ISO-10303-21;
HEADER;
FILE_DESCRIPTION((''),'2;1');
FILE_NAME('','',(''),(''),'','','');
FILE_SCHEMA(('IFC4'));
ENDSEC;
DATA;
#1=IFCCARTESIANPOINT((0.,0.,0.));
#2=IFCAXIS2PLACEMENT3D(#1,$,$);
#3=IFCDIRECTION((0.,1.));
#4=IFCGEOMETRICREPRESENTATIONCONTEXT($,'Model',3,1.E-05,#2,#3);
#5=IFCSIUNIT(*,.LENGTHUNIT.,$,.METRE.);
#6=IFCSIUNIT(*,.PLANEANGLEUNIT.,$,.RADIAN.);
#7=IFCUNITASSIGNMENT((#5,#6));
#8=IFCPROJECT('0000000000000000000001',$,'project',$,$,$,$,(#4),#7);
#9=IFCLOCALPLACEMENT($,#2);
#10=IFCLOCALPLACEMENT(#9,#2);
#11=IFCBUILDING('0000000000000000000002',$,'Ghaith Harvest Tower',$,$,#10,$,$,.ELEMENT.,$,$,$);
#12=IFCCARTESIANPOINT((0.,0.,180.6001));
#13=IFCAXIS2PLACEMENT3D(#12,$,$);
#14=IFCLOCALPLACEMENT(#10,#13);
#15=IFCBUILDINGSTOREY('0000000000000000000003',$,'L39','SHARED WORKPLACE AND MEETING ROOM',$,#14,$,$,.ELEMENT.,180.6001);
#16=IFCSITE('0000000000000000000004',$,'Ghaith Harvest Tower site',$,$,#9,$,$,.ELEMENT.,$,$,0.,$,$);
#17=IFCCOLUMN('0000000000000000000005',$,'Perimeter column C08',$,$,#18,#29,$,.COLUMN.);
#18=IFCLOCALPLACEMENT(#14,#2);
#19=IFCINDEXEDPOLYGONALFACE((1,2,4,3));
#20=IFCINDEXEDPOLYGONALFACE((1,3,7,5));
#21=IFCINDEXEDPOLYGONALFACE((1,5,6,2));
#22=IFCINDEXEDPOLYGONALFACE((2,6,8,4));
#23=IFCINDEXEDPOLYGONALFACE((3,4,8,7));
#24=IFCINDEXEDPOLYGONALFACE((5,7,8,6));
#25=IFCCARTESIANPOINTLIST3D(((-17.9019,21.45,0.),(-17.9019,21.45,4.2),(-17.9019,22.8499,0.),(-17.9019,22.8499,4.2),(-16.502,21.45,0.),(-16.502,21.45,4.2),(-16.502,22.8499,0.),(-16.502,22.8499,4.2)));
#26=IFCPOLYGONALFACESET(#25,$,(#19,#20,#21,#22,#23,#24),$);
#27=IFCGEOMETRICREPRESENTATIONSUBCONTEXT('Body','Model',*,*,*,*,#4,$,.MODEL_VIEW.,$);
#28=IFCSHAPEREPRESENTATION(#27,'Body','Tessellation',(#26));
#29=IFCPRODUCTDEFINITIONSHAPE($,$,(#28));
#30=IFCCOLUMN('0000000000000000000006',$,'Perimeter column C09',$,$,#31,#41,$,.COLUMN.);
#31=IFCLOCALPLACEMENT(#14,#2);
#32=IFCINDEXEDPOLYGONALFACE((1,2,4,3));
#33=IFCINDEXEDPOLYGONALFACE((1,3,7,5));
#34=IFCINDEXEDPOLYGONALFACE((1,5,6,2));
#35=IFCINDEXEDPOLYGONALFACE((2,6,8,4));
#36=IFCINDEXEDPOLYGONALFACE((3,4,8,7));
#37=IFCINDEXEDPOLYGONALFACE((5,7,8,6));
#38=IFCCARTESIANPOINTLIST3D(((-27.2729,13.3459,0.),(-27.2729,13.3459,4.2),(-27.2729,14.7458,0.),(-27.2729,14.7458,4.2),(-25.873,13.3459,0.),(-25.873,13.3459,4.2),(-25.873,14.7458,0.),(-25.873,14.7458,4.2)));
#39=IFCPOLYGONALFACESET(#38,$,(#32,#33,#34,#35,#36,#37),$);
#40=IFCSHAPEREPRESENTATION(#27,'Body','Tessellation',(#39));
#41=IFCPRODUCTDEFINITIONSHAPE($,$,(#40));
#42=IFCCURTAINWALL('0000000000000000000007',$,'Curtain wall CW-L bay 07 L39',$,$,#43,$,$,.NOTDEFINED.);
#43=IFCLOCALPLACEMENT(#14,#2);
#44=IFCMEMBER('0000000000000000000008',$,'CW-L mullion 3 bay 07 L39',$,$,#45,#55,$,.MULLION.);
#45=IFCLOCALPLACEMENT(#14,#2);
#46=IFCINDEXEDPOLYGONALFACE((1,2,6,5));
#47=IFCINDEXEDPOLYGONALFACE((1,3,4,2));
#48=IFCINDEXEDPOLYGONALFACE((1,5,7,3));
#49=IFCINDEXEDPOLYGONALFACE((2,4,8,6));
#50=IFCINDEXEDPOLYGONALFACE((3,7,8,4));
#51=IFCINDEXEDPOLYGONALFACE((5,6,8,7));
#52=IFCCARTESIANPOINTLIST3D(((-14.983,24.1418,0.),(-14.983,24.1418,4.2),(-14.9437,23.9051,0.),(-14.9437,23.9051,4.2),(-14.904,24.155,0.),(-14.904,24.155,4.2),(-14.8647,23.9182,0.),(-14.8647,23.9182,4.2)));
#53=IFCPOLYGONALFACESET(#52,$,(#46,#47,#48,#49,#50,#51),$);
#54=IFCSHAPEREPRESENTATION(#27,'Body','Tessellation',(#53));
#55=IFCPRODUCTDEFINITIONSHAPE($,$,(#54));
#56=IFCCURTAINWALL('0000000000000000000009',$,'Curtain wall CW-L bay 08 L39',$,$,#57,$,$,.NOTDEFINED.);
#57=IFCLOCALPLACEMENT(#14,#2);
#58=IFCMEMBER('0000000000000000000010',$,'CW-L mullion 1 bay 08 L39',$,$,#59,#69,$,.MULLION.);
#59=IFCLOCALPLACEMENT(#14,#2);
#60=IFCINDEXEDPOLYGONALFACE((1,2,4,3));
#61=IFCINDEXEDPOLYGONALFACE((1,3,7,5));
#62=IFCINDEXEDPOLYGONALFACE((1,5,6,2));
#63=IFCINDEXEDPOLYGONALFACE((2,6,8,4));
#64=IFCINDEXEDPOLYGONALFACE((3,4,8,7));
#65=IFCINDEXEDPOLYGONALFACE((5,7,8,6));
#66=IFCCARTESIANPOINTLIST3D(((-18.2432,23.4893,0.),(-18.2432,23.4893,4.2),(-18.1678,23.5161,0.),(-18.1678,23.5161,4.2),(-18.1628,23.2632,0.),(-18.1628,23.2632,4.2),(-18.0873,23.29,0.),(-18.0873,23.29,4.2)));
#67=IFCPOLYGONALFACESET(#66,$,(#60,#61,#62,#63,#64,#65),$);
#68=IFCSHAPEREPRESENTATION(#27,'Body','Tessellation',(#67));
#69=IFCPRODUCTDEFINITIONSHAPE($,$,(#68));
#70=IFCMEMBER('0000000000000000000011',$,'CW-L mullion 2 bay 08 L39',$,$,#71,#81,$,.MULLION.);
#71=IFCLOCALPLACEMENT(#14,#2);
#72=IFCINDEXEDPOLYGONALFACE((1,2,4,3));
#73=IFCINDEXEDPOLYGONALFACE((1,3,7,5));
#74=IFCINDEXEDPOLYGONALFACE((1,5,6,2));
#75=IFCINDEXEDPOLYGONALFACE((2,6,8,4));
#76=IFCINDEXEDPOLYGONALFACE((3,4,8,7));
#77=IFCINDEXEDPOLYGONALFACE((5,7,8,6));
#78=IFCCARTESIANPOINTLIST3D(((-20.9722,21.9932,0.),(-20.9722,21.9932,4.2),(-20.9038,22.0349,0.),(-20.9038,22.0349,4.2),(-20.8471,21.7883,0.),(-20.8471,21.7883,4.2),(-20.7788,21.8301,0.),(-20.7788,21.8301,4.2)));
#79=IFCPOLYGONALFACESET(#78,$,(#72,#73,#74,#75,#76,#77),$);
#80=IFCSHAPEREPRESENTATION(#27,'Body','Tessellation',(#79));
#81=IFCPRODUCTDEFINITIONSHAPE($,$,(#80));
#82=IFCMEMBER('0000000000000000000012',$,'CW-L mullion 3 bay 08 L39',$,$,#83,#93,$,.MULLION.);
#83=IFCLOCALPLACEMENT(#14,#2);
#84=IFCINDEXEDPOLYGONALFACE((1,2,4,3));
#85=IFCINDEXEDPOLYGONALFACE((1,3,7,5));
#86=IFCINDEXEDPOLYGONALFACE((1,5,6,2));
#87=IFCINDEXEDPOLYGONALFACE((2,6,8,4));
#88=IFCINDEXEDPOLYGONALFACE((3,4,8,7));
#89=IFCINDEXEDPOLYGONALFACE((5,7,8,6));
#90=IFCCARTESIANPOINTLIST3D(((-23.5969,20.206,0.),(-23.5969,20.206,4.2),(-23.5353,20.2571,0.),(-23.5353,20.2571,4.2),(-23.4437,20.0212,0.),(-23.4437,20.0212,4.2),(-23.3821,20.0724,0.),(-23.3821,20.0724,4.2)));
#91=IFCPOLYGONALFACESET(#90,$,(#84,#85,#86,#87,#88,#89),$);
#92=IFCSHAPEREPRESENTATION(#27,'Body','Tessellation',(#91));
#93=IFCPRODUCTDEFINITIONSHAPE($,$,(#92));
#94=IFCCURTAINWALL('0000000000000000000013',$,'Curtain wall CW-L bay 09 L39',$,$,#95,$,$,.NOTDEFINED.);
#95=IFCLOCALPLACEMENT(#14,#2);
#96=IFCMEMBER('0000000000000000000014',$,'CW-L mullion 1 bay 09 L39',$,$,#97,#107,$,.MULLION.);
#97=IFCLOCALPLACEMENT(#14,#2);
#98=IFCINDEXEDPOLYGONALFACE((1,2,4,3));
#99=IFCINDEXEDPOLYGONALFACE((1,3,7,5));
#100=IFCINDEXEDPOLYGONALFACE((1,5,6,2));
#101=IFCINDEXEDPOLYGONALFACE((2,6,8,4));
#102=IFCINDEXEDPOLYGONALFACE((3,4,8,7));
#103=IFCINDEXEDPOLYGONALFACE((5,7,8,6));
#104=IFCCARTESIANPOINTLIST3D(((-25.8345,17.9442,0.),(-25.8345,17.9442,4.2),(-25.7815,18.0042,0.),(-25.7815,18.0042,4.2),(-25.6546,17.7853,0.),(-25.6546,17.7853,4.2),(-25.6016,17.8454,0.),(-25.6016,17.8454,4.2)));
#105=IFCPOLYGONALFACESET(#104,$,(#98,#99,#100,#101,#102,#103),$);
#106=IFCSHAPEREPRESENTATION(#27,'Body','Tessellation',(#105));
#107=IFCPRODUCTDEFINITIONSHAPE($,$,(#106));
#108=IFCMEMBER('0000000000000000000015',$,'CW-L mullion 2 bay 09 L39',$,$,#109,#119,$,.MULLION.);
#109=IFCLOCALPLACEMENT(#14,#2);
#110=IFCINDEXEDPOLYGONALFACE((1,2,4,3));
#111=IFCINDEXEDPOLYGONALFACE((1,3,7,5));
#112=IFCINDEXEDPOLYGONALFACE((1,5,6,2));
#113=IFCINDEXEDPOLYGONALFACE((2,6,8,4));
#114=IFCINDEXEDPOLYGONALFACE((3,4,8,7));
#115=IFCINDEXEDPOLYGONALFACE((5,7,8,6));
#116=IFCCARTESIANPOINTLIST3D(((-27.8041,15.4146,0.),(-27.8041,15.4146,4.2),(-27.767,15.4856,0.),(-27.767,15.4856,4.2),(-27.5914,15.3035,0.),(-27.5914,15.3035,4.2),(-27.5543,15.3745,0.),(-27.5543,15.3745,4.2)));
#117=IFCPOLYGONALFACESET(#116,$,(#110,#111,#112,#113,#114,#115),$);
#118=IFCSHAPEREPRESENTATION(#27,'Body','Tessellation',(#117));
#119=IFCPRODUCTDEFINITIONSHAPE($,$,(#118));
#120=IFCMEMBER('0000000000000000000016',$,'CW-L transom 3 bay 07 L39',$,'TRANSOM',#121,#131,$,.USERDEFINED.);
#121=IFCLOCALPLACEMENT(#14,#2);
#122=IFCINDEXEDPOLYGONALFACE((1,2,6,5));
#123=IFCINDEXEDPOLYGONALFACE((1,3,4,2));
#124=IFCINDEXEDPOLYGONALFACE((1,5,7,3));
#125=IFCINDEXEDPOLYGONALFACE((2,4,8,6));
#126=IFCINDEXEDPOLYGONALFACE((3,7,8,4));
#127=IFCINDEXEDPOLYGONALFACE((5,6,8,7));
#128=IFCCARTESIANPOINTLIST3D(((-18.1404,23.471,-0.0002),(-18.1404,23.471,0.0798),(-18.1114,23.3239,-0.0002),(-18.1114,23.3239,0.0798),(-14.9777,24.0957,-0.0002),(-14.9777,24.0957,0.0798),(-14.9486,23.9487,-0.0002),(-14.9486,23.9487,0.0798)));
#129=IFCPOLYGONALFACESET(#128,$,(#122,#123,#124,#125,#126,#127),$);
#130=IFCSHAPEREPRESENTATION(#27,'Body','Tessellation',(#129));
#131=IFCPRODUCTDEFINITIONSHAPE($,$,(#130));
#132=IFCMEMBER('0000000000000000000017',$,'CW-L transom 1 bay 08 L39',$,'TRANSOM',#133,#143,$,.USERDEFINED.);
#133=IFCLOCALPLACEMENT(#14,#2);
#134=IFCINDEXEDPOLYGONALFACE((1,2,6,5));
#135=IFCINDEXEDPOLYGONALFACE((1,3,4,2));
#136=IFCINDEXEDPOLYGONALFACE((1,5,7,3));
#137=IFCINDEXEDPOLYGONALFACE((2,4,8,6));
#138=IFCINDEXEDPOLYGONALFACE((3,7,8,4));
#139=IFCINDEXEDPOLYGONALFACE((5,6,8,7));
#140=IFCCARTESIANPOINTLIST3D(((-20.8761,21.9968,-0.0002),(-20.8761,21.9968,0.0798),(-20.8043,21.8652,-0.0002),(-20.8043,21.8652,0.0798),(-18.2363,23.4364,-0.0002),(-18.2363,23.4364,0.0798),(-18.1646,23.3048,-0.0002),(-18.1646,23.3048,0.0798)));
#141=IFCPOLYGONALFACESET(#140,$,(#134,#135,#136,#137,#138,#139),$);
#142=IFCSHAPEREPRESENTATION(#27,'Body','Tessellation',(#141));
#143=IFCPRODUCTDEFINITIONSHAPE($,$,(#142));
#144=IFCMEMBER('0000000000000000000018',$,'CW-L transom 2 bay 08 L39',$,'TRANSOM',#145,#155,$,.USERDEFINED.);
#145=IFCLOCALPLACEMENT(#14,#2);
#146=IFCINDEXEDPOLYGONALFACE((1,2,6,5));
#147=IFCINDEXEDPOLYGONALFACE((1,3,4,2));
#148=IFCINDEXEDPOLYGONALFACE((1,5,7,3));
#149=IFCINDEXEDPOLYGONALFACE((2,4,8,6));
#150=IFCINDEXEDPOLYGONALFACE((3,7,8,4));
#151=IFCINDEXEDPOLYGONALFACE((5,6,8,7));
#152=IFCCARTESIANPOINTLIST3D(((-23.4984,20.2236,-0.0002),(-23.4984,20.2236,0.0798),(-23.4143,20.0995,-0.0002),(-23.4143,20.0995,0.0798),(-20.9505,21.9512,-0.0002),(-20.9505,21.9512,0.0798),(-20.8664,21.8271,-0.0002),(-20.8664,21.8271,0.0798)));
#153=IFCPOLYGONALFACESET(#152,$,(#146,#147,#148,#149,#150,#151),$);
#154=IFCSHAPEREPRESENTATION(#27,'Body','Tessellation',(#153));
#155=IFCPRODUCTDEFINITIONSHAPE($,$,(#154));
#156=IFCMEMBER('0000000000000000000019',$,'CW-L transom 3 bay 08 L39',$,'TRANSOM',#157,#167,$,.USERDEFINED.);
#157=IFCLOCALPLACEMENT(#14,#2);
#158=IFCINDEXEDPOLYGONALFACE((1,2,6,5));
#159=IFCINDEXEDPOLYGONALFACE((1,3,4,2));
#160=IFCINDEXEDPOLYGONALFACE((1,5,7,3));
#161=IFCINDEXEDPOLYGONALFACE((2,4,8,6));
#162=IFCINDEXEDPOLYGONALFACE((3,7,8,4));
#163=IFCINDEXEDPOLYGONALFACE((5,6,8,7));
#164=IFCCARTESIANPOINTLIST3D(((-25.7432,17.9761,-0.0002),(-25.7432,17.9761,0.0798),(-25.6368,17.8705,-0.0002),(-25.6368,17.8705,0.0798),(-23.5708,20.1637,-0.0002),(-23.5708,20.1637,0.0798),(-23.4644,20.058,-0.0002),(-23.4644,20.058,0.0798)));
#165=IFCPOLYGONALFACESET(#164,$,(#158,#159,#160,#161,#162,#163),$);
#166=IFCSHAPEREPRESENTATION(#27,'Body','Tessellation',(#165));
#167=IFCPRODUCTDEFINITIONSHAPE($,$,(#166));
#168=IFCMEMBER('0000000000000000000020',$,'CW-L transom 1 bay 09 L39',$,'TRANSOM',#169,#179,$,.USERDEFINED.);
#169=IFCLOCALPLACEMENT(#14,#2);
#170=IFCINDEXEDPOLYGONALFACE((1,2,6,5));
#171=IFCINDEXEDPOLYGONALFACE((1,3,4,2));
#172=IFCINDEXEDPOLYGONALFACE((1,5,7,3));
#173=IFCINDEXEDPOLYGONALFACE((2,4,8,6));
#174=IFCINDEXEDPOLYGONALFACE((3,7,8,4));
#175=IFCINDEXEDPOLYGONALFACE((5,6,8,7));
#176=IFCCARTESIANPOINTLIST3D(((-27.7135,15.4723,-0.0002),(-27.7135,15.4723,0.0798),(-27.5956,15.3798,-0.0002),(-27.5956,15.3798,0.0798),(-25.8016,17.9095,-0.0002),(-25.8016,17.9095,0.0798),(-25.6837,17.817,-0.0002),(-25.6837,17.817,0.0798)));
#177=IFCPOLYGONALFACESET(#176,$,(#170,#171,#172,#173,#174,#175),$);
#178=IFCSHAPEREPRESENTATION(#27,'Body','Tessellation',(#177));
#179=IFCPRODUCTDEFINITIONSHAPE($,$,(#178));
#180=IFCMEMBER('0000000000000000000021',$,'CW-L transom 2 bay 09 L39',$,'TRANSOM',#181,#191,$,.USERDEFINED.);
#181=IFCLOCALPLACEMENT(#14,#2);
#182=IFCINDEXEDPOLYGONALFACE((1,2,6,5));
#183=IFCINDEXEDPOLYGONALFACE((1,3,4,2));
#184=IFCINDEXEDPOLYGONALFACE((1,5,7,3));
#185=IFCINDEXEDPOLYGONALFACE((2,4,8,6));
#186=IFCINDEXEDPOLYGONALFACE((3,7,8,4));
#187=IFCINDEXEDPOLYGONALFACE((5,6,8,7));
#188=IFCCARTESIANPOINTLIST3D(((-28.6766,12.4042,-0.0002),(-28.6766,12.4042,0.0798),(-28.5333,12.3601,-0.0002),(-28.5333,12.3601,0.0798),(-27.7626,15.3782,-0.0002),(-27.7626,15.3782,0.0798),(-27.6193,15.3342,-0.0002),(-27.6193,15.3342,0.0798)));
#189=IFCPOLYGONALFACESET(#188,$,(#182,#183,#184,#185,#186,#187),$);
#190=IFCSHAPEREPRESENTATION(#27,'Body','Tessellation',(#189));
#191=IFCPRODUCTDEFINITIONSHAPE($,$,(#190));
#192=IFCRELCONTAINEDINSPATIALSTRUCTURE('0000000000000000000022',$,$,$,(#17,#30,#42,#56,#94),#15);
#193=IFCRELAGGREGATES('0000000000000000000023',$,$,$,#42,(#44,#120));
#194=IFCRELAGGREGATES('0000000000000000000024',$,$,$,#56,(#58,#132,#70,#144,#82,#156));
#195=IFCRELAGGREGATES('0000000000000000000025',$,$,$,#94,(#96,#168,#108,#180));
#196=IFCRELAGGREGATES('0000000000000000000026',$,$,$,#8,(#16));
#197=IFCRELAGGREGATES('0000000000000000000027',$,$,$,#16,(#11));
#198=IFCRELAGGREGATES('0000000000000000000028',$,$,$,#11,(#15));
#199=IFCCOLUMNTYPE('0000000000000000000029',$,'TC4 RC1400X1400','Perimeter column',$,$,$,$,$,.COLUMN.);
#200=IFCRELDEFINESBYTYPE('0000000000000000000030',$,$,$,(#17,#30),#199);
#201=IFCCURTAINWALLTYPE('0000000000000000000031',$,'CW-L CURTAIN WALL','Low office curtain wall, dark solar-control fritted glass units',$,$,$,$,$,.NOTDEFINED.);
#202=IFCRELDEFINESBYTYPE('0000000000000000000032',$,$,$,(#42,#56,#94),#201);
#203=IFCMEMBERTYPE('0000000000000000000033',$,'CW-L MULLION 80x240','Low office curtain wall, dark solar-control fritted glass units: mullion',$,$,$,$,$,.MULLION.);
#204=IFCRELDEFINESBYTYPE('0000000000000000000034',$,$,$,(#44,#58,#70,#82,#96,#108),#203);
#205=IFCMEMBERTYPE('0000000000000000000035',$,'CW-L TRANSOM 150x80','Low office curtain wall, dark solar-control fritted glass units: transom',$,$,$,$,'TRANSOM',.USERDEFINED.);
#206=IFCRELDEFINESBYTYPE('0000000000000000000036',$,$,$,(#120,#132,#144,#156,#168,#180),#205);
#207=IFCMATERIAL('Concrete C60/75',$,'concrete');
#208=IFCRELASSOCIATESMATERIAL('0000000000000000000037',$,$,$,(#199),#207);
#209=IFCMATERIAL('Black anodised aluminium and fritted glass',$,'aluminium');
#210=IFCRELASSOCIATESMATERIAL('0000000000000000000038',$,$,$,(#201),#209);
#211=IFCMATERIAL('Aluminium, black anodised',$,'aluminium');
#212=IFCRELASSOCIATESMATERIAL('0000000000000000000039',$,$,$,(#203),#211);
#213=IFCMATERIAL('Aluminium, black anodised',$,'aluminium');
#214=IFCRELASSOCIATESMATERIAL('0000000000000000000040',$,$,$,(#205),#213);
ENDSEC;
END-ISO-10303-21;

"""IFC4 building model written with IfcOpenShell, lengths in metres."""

from ifc_helpers import new_model, si_unit, direction, frame, origin, origin_2d, place, context, subcontext, project, spatial, rectangle, extrude, material, material_profile, profile_set, type_object, element, aggregate, save


model = new_model("IFC4")

# Units and contexts
model_context = context("Model", 3, precision=1e-05, world=origin(), true_north=direction((0.0, 1.0)))
body_context = subcontext(model_context, "Body", "Model", "MODEL_VIEW")
ifc_project = project(units=[si_unit("LENGTHUNIT", "METRE"), si_unit("PLANEANGLEUNIT", "RADIAN")], contexts=[model_context])

# Site, building, storey
site_placement = place(None, origin())
site = spatial("IfcSite", under=ifc_project, at=site_placement, Name="Ghaith Harvest Tower site", CompositionType="ELEMENT", RefElevation=0.0)
building_placement = place(site_placement, origin())
building = spatial("IfcBuilding", under=site, at=building_placement, Name="Ghaith Harvest Tower", CompositionType="ELEMENT")
storey_placement = place(building_placement, frame((0.0, 0.0, 180.6001)))
storey = spatial("IfcBuildingStorey", under=building, at=storey_placement, Name="L39", Description="SHARED WORKPLACE AND MEETING ROOM", CompositionType="ELEMENT", Elevation=180.6001)

# Columns
ifc_material_1 = material(Name="Concrete C60/75", Category="concrete")
ifc_material_profile_1 = material_profile(ifc_material_1, rectangle(XDim=1.3999, YDim=1.3999, at=origin_2d()), Name="RC1400X1400")
ifc_profile_set_1 = profile_set([ifc_material_profile_1], Name="Concrete C60/75")
column_type = type_object("IfcColumnType", Name="TC4 RC1400X1400", Description="Perimeter column", PredefinedType="COLUMN", material=ifc_profile_set_1)
for number, where, z_axis, x_axis, name in (
    (1, (-17.2019, 22.1499, 0.0), (0.0, 0.0, 1.0), (1.0, 0.0, 0.0), "Perimeter column C08"),
    (2, (-26.573, 14.0459, 0.0), (0.0, 0.0, 1.0), (1.0, 0.0, 0.0), "Perimeter column C09"),
):
    element("IfcColumn", number, at=place(storey_placement, frame(where, z_axis=z_axis, x_axis=x_axis)), inside=storey, type_object=column_type, Name=name, PredefinedType="COLUMN", context=body_context, shape_type="SweptSolid", body=[
        extrude(rectangle(XDim=1.3999, YDim=1.3999, at=origin_2d()), origin(), (0.0, 0.0, 1.0), 4.2),
    ])

# Curtain wall, member
ifc_material_2 = material(Name="Black anodised aluminium and fritted glass", Category="aluminium")
curtain_wall_type = type_object("IfcCurtainWallType", Name="CW-L CURTAIN WALL", Description="Low office curtain wall, dark solar-control fritted glass units", PredefinedType="NOTDEFINED", material=ifc_material_2)
curtain_wall_1_placement = place(storey_placement, origin())
curtain_wall_1 = element("IfcCurtainWall", 3, at=curtain_wall_1_placement, inside=storey, type_object=curtain_wall_type, Name="Curtain wall CW-L bay 07 L39", PredefinedType="NOTDEFINED")
ifc_material_3 = material(Name="Aluminium, black anodised", Category="aluminium")
ifc_material_profile_2 = material_profile(ifc_material_3, rectangle(XDim=0.0801, YDim=0.24, at=origin_2d()), Name="CW-L MULLION 80x240")
ifc_profile_set_2 = profile_set([ifc_material_profile_2], Name="Aluminium, black anodised")
member_type_1 = type_object("IfcMemberType", Name="CW-L MULLION 80x240", Description="Low office curtain wall, dark solar-control fritted glass units: mullion", PredefinedType="MULLION", material=ifc_profile_set_2)
member_1_placement = place(storey_placement, frame((-14.9238, 24.03, 0.0), z_axis=(0.0, 0.0, 1.0), x_axis=(-0.986495, -0.163794, 0.0)))
member_1 = element("IfcMember", 4, at=member_1_placement, type_object=member_type_1, Name="CW-L mullion 3 bay 07 L39", PredefinedType="MULLION", context=body_context, shape_type="SweptSolid", body=[
    extrude(rectangle(XDim=0.0801, YDim=0.24, at=origin_2d()), origin(), (0.0, 0.0, 1.0), 4.2),
])

# Curtain walls, members
curtain_wall_2_placement = place(storey_placement, origin())
curtain_wall_2 = element("IfcCurtainWall", 5, at=curtain_wall_2_placement, inside=storey, type_object=curtain_wall_type, Name="Curtain wall CW-L bay 08 L39", PredefinedType="NOTDEFINED")
member_2_placement = place(storey_placement, frame((-18.1653, 23.3896, 0.0), z_axis=(0.0, 0.0, 1.0), x_axis=(-0.942104, -0.335322, 0.0)))
member_2 = element("IfcMember", 6, at=member_2_placement, type_object=member_type_1, Name="CW-L mullion 1 bay 08 L39", PredefinedType="MULLION", context=body_context, shape_type="SweptSolid", body=[
    extrude(rectangle(XDim=0.0801, YDim=0.24, at=origin_2d()), origin(), (0.0, 0.0, 1.0), 4.2),
])
member_3_placement = place(storey_placement, frame((-20.8755, 21.9116, 0.0), z_axis=(0.0, 0.0, 1.0), x_axis=(-0.853516, -0.521067, 0.0)))
member_3 = element("IfcMember", 7, at=member_3_placement, type_object=member_type_1, Name="CW-L mullion 2 bay 08 L39", PredefinedType="MULLION", context=body_context, shape_type="SweptSolid", body=[
    extrude(rectangle(XDim=0.0801, YDim=0.24, at=origin_2d()), origin(), (0.0, 0.0, 1.0), 4.2),
])
member_4_placement = place(storey_placement, frame((-23.4895, 20.1392, 0.0), z_axis=(0.0, 0.0, 1.0), x_axis=(-0.769683, -0.638427, 0.0)))
member_4 = element("IfcMember", 8, at=member_4_placement, type_object=member_type_1, Name="CW-L mullion 3 bay 08 L39", PredefinedType="MULLION", context=body_context, shape_type="SweptSolid", body=[
    extrude(rectangle(XDim=0.0801, YDim=0.24, at=origin_2d()), origin(), (0.0, 0.0, 1.0), 4.2),
])
curtain_wall_3_placement = place(storey_placement, origin())
curtain_wall_3 = element("IfcCurtainWall", 9, at=curtain_wall_3_placement, inside=storey, type_object=curtain_wall_type, Name="Curtain wall CW-L bay 09 L39", PredefinedType="NOTDEFINED")
member_5_placement = place(storey_placement, frame((-25.718, 17.8948, 0.0), z_axis=(0.0, 0.0, 1.0), x_axis=(-0.661904, -0.749589, 0.0)))
member_5 = element("IfcMember", 10, at=member_5_placement, type_object=member_type_1, Name="CW-L mullion 1 bay 09 L39", PredefinedType="MULLION", context=body_context, shape_type="SweptSolid", body=[
    extrude(rectangle(XDim=0.0801, YDim=0.24, at=origin_2d()), origin(), (0.0, 0.0, 1.0), 4.2),
])
member_6_placement = place(storey_placement, frame((-27.6792, 15.3945, 0.0), z_axis=(0.0, 0.0, 1.0), x_axis=(-0.46289, -0.886416, 0.0)))
member_6 = element("IfcMember", 11, at=member_6_placement, type_object=member_type_1, Name="CW-L mullion 2 bay 09 L39", PredefinedType="MULLION", context=body_context, shape_type="SweptSolid", body=[
    extrude(rectangle(XDim=0.0801, YDim=0.24, at=origin_2d()), origin(), (0.0, 0.0, 1.0), 4.2),
])

# Members
ifc_material_4 = material(Name="Aluminium, black anodised", Category="aluminium")
ifc_material_profile_3 = material_profile(ifc_material_4, rectangle(XDim=0.1499, YDim=0.0801, at=origin_2d()), Name="CW-L TRANSOM 150x80")
ifc_profile_set_3 = profile_set([ifc_material_profile_3], Name="Aluminium, black anodised")
member_type_2 = type_object("IfcMemberType", Name="CW-L TRANSOM 150x80", Description="Low office curtain wall, dark solar-control fritted glass units: transom", ElementType="TRANSOM", PredefinedType="USERDEFINED", material=ifc_profile_set_3)
member_7_placement = place(storey_placement, frame((-14.9631, 24.0222, 0.0398), z_axis=(-0.981044, -0.193786, 0.0), x_axis=(0.193786, -0.981044, 0.0)))
member_7 = element("IfcMember", 12, at=member_7_placement, type_object=member_type_2, Name="CW-L transom 3 bay 07 L39", ObjectType="TRANSOM", PredefinedType="USERDEFINED", context=body_context, shape_type="SweptSolid", body=[
    extrude(rectangle(XDim=0.1499, YDim=0.0801, at=origin_2d()), origin(), (0.0, 0.0, 1.0), 3.2239),
])
member_8_placement = place(storey_placement, frame((-18.2004, 23.3706, 0.0398), z_axis=(-0.87793, -0.47879, 0.0), x_axis=(0.47879, -0.87793, 0.0)))
member_8 = element("IfcMember", 13, at=member_8_placement, type_object=member_type_2, Name="CW-L transom 1 bay 08 L39", ObjectType="TRANSOM", PredefinedType="USERDEFINED", context=body_context, shape_type="SweptSolid", body=[
    extrude(rectangle(XDim=0.1499, YDim=0.0801, at=origin_2d()), origin(), (0.0, 0.0, 1.0), 3.0068),
])
member_9_placement = place(storey_placement, frame((-20.9084, 21.8892, 0.0398), z_axis=(-0.827681, -0.561199, 0.0), x_axis=(0.561199, -0.827681, 0.0)))
member_9 = element("IfcMember", 14, at=member_9_placement, type_object=member_type_2, Name="CW-L transom 2 bay 08 L39", ObjectType="TRANSOM", PredefinedType="USERDEFINED", context=body_context, shape_type="SweptSolid", body=[
    extrude(rectangle(XDim=0.1499, YDim=0.0801, at=origin_2d()), origin(), (0.0, 0.0, 1.0), 3.0784),
])
member_10_placement = place(storey_placement, frame((-23.5176, 20.1108, 0.0398), z_axis=(-0.704648, -0.709557, 0.0), x_axis=(0.709557, -0.704648, 0.0)))
member_10 = element("IfcMember", 15, at=member_10_placement, type_object=member_type_2, Name="CW-L transom 3 bay 08 L39", ObjectType="TRANSOM", PredefinedType="USERDEFINED", context=body_context, shape_type="SweptSolid", body=[
    extrude(rectangle(XDim=0.1499, YDim=0.0801, at=origin_2d()), origin(), (0.0, 0.0, 1.0), 3.083),
])
member_11_placement = place(storey_placement, frame((-25.7427, 17.8633, 0.0398), z_axis=(-0.617198, -0.786808, 0.0), x_axis=(0.786808, -0.617198, 0.0)))
member_11 = element("IfcMember", 16, at=member_11_placement, type_object=member_type_2, Name="CW-L transom 1 bay 09 L39", ObjectType="TRANSOM", PredefinedType="USERDEFINED", context=body_context, shape_type="SweptSolid", body=[
    extrude(rectangle(XDim=0.1499, YDim=0.0801, at=origin_2d()), origin(), (0.0, 0.0, 1.0), 3.0977),
])
member_12_placement = place(storey_placement, frame((-27.6909, 15.3562, 0.0398), z_axis=(-0.293777, -0.955874, 0.0), x_axis=(0.955874, -0.293777, 0.0)))
member_12 = element("IfcMember", 17, at=member_12_placement, type_object=member_type_2, Name="CW-L transom 2 bay 09 L39", ObjectType="TRANSOM", PredefinedType="USERDEFINED", context=body_context, shape_type="SweptSolid", body=[
    extrude(rectangle(XDim=0.1499, YDim=0.0801, at=origin_2d()), origin(), (0.0, 0.0, 1.0), 3.1113),
])

aggregate(curtain_wall_1, [member_1, member_7])
aggregate(curtain_wall_2, [member_2, member_8, member_3, member_9, member_4, member_10])
aggregate(curtain_wall_3, [member_5, member_11, member_6, member_12])

save(model, "model.ifc")
